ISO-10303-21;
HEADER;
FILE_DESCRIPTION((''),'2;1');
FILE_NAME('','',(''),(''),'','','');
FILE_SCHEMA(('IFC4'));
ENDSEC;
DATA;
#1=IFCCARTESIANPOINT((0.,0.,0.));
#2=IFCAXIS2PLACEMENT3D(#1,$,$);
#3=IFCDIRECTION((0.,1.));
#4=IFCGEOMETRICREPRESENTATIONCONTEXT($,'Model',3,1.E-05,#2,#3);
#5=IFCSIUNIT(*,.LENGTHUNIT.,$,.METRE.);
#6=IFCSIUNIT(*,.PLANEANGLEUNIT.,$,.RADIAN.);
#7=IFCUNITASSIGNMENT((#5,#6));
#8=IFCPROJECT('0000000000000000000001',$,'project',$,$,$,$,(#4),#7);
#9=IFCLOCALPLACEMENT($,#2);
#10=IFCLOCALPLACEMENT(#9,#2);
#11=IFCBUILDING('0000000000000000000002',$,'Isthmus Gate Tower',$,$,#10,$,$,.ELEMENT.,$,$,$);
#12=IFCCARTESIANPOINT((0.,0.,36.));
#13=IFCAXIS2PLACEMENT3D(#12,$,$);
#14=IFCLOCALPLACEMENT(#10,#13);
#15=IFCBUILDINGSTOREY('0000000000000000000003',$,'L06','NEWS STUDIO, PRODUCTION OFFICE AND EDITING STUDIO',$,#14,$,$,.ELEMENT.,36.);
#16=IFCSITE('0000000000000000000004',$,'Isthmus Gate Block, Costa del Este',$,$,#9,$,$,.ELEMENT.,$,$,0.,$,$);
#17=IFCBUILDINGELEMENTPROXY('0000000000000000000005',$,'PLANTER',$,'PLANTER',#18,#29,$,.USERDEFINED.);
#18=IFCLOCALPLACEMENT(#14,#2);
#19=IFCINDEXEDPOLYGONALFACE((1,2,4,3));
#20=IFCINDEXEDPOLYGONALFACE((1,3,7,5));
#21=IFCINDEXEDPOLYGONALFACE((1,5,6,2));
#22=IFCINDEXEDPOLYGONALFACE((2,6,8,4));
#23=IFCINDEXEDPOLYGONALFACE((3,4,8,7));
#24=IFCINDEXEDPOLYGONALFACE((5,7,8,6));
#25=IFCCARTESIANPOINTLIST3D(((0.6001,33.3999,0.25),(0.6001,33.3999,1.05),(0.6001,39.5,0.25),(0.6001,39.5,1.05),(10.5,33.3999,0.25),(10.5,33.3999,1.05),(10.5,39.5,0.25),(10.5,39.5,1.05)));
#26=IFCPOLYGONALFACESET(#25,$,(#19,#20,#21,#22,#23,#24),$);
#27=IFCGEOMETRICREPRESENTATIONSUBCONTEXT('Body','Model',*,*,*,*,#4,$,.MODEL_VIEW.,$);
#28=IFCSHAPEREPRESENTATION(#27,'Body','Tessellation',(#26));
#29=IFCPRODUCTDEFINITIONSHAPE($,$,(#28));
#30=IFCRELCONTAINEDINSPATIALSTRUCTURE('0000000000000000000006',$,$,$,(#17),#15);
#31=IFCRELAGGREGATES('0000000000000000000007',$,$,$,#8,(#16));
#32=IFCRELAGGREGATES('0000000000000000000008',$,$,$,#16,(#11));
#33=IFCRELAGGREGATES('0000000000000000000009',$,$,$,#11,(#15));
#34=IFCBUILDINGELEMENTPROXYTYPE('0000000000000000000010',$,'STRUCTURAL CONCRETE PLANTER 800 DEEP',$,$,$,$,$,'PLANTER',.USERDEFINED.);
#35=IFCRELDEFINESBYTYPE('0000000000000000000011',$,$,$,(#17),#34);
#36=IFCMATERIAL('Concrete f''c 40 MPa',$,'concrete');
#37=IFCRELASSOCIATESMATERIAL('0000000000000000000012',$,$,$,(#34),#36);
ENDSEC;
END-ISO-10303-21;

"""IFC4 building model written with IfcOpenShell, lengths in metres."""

from ifc_helpers import new_model, si_unit, direction, frame, origin, place, context, subcontext, project, spatial, polyline, outline, extrude, material, type_object, element, save


model = new_model("IFC4")

# Units and contexts
model_context = context("Model", 3, precision=1e-05, world=origin(), true_north=direction((0.0, 1.0)))
body_context = subcontext(model_context, "Body", "Model", "MODEL_VIEW")
ifc_project = project(units=[si_unit("LENGTHUNIT", "METRE"), si_unit("PLANEANGLEUNIT", "RADIAN")], contexts=[model_context])

# Site, building, storey
site_placement = place(None, origin())
site = spatial("IfcSite", under=ifc_project, at=site_placement, Name="Isthmus Gate Block, Costa del Este", CompositionType="ELEMENT", RefElevation=0.0)
building_placement = place(site_placement, origin())
building = spatial("IfcBuilding", under=site, at=building_placement, Name="Isthmus Gate Tower", CompositionType="ELEMENT")
storey_placement = place(building_placement, frame((0.0, 0.0, 36.0)))
storey = spatial("IfcBuildingStorey", under=building, at=storey_placement, Name="L06", Description="NEWS STUDIO, PRODUCTION OFFICE AND EDITING STUDIO", CompositionType="ELEMENT", Elevation=36.0)

# Building element proxy
ifc_material_1 = material(Name="Concrete f'c 40 MPa", Category="concrete")
building_element_proxy_type = type_object("IfcBuildingElementProxyType", Name="STRUCTURAL CONCRETE PLANTER 800 DEEP", ElementType="PLANTER", PredefinedType="USERDEFINED", material=ifc_material_1)
proxy_1_placement = place(storey_placement, frame((0.0, 0.0, 0.25)))
element("IfcBuildingElementProxy", 1, at=proxy_1_placement, inside=storey, type_object=building_element_proxy_type, Name="PLANTER", ObjectType="PLANTER", PredefinedType="USERDEFINED", context=body_context, shape_type="SweptSolid", body=[
    extrude(outline(polyline([(10.5, 33.3999), (10.5, 39.5), (0.6001, 39.5), (0.6001, 33.3999), (10.5, 33.3999)])), origin(), (0.0, 0.0, 1.0), 0.8),
])

save(model, "model.ifc")
